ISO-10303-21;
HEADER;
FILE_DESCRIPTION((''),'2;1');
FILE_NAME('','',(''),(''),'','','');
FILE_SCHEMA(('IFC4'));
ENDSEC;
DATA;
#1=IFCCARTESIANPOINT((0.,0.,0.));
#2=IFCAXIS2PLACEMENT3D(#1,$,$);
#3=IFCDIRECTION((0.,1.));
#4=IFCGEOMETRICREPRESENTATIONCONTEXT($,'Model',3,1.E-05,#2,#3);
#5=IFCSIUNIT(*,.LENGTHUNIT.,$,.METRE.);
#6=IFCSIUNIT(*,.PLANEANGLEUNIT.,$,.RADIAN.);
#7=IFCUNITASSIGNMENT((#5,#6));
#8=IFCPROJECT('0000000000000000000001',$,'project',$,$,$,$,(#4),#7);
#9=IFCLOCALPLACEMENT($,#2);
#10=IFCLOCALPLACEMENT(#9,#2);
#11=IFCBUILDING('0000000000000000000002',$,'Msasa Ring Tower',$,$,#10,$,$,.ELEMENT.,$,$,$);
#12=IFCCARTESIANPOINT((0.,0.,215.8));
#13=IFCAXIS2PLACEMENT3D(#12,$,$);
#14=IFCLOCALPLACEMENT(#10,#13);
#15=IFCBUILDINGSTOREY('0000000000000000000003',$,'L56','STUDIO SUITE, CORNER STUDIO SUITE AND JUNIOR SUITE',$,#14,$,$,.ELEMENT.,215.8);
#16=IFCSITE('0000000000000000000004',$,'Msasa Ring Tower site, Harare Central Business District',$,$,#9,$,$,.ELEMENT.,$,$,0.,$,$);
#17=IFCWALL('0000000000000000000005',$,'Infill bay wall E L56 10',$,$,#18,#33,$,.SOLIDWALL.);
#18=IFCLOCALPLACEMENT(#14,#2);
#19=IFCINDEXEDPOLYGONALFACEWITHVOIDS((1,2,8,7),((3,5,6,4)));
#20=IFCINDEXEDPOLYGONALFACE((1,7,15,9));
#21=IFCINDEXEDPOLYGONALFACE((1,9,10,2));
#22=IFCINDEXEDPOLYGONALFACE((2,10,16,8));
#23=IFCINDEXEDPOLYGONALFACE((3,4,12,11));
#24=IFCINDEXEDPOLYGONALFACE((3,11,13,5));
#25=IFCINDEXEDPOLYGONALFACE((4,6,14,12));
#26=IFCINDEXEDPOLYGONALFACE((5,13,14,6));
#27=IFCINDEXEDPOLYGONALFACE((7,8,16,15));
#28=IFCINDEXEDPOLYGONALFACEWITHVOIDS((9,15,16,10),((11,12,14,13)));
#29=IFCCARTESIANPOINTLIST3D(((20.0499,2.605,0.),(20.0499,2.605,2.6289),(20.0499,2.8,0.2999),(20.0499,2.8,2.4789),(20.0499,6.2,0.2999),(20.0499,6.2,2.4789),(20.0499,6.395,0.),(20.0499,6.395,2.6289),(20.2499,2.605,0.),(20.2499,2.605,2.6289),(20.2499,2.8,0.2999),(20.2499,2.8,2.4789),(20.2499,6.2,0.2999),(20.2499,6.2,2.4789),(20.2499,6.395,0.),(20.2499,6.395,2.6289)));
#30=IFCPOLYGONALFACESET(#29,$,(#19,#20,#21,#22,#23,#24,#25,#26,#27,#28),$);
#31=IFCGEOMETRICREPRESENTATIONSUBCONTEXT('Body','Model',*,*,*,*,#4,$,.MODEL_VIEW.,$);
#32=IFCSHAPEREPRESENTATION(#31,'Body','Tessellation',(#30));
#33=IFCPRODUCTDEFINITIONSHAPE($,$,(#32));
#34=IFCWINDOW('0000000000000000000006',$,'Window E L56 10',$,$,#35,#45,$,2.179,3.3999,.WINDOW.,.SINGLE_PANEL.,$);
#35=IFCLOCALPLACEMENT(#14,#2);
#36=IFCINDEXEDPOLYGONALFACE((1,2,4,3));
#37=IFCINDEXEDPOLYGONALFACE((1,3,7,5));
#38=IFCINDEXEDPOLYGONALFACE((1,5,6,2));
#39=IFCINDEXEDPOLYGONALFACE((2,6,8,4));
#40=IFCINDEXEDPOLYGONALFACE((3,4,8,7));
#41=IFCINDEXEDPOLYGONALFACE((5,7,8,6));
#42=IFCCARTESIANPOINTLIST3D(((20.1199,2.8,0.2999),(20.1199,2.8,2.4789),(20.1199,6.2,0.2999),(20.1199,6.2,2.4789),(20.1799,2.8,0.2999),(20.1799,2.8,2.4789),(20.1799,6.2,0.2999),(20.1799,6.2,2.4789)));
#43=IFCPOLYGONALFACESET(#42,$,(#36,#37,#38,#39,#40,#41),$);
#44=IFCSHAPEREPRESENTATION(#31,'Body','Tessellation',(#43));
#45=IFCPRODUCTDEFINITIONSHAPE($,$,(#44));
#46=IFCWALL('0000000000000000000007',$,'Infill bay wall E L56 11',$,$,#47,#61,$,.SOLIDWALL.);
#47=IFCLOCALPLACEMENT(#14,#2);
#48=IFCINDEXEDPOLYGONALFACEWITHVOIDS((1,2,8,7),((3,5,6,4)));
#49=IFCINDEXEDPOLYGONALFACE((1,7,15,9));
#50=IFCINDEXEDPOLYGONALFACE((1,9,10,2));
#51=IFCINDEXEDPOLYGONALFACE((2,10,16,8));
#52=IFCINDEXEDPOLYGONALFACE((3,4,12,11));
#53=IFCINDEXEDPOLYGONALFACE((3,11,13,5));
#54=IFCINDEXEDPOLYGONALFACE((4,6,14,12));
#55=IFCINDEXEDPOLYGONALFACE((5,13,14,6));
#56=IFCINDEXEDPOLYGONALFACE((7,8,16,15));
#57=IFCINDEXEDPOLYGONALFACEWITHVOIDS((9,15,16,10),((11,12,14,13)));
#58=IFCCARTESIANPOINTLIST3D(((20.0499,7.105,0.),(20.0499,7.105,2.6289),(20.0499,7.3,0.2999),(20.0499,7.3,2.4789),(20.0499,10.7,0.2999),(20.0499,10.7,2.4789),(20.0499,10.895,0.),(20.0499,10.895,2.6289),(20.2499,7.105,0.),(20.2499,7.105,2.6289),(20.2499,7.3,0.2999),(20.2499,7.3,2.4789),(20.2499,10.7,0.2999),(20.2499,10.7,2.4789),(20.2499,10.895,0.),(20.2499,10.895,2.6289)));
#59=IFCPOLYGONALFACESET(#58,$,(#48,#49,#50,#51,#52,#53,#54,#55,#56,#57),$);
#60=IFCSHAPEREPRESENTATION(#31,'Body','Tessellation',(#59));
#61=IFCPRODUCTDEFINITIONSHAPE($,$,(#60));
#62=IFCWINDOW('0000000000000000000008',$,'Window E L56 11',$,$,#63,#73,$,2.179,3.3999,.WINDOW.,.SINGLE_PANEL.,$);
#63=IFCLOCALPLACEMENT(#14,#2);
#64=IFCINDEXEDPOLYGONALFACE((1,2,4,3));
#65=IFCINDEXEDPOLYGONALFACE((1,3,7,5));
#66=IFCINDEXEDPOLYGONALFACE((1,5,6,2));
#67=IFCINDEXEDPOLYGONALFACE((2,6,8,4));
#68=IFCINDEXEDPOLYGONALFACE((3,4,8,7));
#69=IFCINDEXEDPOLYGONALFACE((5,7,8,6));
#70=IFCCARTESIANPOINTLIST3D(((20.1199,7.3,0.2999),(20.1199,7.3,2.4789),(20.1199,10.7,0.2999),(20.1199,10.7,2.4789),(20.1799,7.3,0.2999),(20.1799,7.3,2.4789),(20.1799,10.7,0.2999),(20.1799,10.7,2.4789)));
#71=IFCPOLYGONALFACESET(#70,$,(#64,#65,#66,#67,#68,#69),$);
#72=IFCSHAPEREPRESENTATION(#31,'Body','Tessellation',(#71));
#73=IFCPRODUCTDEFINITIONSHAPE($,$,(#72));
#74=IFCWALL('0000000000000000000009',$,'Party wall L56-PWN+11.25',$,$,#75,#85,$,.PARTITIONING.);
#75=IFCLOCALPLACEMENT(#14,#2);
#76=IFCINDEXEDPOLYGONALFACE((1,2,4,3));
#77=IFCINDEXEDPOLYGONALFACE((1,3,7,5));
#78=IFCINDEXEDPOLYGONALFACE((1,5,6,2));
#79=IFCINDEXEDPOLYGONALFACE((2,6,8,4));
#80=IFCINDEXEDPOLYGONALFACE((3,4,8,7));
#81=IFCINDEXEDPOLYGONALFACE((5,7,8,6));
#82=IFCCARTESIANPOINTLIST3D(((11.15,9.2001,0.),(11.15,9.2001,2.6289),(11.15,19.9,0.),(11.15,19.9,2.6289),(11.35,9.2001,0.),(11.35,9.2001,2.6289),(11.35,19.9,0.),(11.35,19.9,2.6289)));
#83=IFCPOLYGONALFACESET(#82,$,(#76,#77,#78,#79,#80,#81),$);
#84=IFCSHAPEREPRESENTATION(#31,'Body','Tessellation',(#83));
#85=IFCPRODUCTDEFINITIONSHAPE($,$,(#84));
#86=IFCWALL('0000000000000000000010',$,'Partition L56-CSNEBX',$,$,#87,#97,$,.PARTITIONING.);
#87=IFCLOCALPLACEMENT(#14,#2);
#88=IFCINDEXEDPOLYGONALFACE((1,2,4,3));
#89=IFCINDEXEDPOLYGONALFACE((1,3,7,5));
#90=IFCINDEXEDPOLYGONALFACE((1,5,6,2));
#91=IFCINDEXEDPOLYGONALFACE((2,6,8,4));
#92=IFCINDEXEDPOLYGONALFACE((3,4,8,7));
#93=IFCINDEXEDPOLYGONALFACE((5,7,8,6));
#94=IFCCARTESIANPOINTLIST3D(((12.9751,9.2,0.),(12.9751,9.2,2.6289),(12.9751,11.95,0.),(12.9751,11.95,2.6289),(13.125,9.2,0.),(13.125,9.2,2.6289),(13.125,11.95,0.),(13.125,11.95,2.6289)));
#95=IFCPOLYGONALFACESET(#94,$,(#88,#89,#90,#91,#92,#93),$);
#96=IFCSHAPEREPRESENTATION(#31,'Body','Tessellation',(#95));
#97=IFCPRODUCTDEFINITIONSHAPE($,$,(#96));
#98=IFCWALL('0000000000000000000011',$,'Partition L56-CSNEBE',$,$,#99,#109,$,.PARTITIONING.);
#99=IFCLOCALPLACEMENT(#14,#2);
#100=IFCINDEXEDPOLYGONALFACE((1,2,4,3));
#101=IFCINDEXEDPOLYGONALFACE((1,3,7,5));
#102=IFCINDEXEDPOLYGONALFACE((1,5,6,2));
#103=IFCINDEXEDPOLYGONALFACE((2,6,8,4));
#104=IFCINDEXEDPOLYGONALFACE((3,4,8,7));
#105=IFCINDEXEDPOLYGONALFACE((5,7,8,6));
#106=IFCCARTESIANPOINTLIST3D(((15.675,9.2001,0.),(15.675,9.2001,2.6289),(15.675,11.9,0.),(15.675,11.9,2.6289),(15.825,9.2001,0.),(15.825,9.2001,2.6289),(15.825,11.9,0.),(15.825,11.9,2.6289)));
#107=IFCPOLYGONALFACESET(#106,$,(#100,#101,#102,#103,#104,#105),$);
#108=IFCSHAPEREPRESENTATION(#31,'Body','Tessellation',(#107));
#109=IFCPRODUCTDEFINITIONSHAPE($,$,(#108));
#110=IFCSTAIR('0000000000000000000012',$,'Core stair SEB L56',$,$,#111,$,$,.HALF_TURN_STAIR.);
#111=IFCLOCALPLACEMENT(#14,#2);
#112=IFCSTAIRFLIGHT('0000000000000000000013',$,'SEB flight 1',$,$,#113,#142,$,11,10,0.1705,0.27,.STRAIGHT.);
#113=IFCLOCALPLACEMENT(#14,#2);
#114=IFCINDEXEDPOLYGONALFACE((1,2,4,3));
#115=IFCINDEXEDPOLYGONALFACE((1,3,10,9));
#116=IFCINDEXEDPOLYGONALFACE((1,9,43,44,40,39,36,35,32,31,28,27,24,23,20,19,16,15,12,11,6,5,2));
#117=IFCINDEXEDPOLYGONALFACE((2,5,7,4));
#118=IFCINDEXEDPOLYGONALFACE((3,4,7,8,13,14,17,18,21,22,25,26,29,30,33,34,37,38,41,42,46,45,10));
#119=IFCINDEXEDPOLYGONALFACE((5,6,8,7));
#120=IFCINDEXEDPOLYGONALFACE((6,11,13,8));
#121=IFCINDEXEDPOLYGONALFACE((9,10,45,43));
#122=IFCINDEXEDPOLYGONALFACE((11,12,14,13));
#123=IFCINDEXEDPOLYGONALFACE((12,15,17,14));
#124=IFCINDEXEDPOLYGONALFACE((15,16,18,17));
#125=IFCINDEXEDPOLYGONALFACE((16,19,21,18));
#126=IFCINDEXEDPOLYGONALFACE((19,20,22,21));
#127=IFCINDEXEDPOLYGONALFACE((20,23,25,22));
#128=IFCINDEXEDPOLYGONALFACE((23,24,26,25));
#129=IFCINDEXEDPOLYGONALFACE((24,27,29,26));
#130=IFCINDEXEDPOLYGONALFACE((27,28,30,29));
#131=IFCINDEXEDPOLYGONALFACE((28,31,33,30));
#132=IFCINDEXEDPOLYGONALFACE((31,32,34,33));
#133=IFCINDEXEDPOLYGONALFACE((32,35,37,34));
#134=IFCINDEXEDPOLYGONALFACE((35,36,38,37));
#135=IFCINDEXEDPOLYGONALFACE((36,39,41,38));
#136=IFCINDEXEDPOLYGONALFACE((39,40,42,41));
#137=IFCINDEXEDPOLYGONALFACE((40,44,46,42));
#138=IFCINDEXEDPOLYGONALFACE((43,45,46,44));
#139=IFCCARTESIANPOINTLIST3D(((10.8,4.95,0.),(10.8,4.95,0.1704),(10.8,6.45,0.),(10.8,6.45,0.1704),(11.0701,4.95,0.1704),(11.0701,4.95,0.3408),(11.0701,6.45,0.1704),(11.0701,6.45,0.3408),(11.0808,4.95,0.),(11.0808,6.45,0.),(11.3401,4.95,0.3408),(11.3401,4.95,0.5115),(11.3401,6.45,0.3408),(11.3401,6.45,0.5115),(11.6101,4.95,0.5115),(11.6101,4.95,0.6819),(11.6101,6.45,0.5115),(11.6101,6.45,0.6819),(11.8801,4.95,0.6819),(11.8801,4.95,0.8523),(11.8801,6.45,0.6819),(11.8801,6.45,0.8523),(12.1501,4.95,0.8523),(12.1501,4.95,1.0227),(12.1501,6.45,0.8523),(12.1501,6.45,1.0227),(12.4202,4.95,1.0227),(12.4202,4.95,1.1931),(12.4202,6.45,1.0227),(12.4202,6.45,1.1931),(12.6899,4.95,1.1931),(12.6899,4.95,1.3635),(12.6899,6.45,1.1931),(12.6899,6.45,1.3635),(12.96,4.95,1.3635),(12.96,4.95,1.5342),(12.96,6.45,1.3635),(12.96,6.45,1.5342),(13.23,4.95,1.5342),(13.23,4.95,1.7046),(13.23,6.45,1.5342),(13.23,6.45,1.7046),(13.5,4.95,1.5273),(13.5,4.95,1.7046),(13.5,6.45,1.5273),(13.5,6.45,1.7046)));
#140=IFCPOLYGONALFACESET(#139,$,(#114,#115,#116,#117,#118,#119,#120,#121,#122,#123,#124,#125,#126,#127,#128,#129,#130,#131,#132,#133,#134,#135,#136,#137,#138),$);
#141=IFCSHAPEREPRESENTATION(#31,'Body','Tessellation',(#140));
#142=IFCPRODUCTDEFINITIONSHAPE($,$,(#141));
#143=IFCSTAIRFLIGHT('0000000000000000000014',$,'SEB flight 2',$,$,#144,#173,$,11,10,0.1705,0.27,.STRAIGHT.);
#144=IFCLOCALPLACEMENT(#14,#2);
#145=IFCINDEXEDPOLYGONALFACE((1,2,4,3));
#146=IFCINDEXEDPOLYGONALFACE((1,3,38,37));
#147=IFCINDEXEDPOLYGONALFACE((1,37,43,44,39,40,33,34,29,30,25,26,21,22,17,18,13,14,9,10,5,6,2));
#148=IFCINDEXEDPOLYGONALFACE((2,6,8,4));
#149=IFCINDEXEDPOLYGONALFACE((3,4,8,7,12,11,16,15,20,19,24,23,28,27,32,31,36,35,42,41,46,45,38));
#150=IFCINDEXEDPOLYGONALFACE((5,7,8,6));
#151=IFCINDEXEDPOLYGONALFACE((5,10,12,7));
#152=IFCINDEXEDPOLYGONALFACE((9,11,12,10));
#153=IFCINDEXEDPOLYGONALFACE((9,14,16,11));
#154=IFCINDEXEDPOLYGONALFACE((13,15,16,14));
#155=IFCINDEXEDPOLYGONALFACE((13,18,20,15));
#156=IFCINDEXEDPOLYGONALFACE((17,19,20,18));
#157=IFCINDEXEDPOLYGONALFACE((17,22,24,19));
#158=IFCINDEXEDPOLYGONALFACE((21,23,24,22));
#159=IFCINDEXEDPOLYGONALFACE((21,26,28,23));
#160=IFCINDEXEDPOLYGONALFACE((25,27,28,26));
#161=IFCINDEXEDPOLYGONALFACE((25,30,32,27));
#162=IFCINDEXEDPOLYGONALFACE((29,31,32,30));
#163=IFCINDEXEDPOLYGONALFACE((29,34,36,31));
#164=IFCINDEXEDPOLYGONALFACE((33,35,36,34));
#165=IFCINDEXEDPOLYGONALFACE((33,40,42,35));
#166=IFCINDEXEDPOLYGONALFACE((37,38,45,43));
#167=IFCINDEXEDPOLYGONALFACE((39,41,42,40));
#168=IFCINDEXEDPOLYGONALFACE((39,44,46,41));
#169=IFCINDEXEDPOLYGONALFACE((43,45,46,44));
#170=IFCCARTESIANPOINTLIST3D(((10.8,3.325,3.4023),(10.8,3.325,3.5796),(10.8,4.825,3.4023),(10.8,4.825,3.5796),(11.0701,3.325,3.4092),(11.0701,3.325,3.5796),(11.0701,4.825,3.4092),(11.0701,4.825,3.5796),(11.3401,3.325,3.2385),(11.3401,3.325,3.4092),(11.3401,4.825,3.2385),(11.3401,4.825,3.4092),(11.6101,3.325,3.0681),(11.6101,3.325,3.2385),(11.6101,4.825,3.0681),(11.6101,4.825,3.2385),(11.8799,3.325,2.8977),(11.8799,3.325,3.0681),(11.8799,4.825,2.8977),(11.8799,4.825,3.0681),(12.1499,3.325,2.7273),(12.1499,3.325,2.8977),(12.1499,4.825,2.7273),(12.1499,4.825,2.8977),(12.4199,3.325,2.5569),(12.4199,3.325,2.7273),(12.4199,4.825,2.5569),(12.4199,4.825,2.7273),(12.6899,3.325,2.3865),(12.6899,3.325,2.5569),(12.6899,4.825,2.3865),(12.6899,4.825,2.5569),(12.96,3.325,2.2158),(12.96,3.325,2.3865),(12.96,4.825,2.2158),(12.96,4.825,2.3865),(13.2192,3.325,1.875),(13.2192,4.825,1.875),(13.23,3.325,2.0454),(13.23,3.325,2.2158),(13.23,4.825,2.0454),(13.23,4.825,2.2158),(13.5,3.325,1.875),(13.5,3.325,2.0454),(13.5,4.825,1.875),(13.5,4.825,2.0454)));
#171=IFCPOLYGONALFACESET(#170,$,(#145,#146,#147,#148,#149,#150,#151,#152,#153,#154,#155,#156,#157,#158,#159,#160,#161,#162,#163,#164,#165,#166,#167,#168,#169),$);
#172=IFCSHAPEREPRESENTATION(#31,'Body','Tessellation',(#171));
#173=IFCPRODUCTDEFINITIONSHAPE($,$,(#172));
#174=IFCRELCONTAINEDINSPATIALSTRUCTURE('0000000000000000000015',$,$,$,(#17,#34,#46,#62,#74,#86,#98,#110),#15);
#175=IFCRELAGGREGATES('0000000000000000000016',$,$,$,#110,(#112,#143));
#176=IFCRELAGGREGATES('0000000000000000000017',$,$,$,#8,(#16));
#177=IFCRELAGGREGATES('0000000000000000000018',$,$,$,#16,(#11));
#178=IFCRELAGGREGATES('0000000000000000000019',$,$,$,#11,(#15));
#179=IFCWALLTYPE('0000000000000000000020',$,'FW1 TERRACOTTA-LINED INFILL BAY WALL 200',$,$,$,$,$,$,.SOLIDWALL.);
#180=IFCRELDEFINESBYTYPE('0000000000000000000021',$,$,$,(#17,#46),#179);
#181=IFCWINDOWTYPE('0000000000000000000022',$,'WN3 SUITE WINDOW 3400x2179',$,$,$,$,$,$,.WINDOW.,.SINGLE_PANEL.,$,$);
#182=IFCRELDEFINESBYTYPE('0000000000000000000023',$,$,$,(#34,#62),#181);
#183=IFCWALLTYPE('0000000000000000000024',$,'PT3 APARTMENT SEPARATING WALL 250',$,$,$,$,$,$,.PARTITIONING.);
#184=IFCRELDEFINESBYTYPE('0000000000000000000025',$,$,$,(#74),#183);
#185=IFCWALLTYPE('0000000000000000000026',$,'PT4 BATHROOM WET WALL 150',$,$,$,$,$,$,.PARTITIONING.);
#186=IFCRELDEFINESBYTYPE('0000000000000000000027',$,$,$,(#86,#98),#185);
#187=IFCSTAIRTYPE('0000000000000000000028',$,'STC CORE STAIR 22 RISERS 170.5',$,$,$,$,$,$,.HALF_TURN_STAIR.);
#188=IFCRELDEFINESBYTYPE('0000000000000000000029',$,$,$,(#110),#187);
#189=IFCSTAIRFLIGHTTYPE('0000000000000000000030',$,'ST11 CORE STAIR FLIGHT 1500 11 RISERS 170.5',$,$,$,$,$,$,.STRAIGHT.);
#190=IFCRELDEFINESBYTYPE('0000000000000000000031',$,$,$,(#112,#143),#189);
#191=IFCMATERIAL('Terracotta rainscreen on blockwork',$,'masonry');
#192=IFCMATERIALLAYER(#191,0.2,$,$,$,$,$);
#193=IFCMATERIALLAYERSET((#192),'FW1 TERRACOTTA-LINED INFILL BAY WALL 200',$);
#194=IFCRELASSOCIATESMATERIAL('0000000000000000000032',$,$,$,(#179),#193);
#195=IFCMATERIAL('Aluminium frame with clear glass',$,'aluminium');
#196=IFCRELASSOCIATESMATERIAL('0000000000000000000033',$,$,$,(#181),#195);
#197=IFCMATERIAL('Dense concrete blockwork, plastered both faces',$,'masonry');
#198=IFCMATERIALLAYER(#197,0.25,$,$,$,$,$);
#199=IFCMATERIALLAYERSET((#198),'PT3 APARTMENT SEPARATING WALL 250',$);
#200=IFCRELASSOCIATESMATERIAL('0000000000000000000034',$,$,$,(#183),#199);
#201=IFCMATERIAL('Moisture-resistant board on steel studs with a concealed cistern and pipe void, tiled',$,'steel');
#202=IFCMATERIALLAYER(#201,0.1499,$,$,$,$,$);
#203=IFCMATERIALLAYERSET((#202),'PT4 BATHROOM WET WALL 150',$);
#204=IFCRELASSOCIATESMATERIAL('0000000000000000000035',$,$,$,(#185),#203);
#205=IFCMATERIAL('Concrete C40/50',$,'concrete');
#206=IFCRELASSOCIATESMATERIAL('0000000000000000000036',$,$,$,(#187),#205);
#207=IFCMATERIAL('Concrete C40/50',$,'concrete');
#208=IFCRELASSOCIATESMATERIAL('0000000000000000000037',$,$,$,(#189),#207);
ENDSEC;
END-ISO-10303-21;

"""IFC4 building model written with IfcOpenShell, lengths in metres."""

from ifc_helpers import new_model, si_unit, direction, frame, frame_2d, origin, place, context, subcontext, project, spatial, polyline, rectangle, outline, extrude, material, layer, layer_set, type_object, element, fill, aggregate, save


model = new_model("IFC4")

# Units and contexts
model_context = context("Model", 3, precision=1e-05, world=origin(), true_north=direction((0.0, 1.0)))
body_context = subcontext(model_context, "Body", "Model", "MODEL_VIEW")
ifc_project = project(units=[si_unit("LENGTHUNIT", "METRE"), si_unit("PLANEANGLEUNIT", "RADIAN")], contexts=[model_context])

# Site, building, storey
site_placement = place(None, origin())
site = spatial("IfcSite", under=ifc_project, at=site_placement, Name="Msasa Ring Tower site, Harare Central Business District", CompositionType="ELEMENT", RefElevation=0.0)
building_placement = place(site_placement, origin())
building = spatial("IfcBuilding", under=site, at=building_placement, Name="Msasa Ring Tower", CompositionType="ELEMENT")
storey_placement = place(building_placement, frame((0.0, 0.0, 215.8)))
storey = spatial("IfcBuildingStorey", under=building, at=storey_placement, Name="L56", Description="STUDIO SUITE, CORNER STUDIO SUITE AND JUNIOR SUITE", CompositionType="ELEMENT", Elevation=215.8)

# Walls, openings, windows
ifc_material_1 = material(Name="Terracotta rainscreen on blockwork", Category="masonry")
ifc_layer_1 = layer(ifc_material_1, 0.2)
ifc_layer_set_1 = layer_set([ifc_layer_1], Name="FW1 TERRACOTTA-LINED INFILL BAY WALL 200")
wall_type_1 = type_object("IfcWallType", Name="FW1 TERRACOTTA-LINED INFILL BAY WALL 200", PredefinedType="SOLIDWALL", material=ifc_layer_set_1)
wall_1_placement = place(storey_placement, frame((20.1499, 2.605, 0.0), z_axis=(0.0, 0.0, 1.0), x_axis=(0.0, 1.0, 0.0)))
wall_1 = element("IfcWall", 1, at=wall_1_placement, inside=storey, type_object=wall_type_1, Name="Infill bay wall E L56 10", PredefinedType="SOLIDWALL", context=body_context, shape_type="SweptSolid", body=[
    extrude(rectangle(XDim=3.79, YDim=0.2, at=frame_2d((1.895, 0.0))), origin(), (0.0, 0.0, 1.0), 2.6289),
])
opening_1_placement = place(wall_1_placement, frame((0.1951, 0.0, 0.3)))
opening_1 = element("IfcOpeningElement", 2, at=opening_1_placement, cuts=wall_1, PredefinedType="OPENING", context=body_context, shape_type="SweptSolid", body=[
    extrude(rectangle(XDim=3.3999, YDim=2.179, at=frame_2d((1.7, 1.0894))), frame((0.0, 0.1099, 0.0), z_axis=(0.0, -1.0, 0.0), x_axis=(1.0, 0.0, 0.0)), (0.0, 0.0, 1.0), 0.22),
])
ifc_material_2 = material(Name="Aluminium frame with clear glass", Category="aluminium")
window_type = type_object("IfcWindowType", Name="WN3 SUITE WINDOW 3400x2179", PartitioningType="SINGLE_PANEL", PredefinedType="WINDOW", material=ifc_material_2)
window_1_placement = place(opening_1_placement, origin())
window_1 = element("IfcWindow", 3, at=window_1_placement, inside=storey, type_object=window_type, Name="Window E L56 10", OverallHeight=2.179, OverallWidth=3.3999, PartitioningType="SINGLE_PANEL", PredefinedType="WINDOW", context=body_context, shape_type="SweptSolid", body=[
    extrude(rectangle(XDim=3.3999, YDim=2.179, at=frame_2d((1.7, 1.0894))), frame((0.0, 0.03, 0.0), z_axis=(0.0, -1.0, 0.0), x_axis=(1.0, 0.0, 0.0)), (0.0, 0.0, 1.0), 0.0601),
])
fill(opening_1, window_1)
wall_2_placement = place(storey_placement, frame((20.1499, 7.105, 0.0), z_axis=(0.0, 0.0, 1.0), x_axis=(0.0, 1.0, 0.0)))
wall_2 = element("IfcWall", 4, at=wall_2_placement, inside=storey, type_object=wall_type_1, Name="Infill bay wall E L56 11", PredefinedType="SOLIDWALL", context=body_context, shape_type="SweptSolid", body=[
    extrude(rectangle(XDim=3.79, YDim=0.2, at=frame_2d((1.895, 0.0))), origin(), (0.0, 0.0, 1.0), 2.6289),
])
opening_2_placement = place(wall_2_placement, frame((0.1951, 0.0, 0.3)))
opening_2 = element("IfcOpeningElement", 5, at=opening_2_placement, cuts=wall_2, PredefinedType="OPENING", context=body_context, shape_type="SweptSolid", body=[
    extrude(rectangle(XDim=3.3999, YDim=2.179, at=frame_2d((1.7, 1.0894))), frame((0.0, 0.1099, 0.0), z_axis=(0.0, -1.0, 0.0), x_axis=(1.0, 0.0, 0.0)), (0.0, 0.0, 1.0), 0.22),
])
window_2_placement = place(opening_2_placement, origin())
window_2 = element("IfcWindow", 6, at=window_2_placement, inside=storey, type_object=window_type, Name="Window E L56 11", OverallHeight=2.179, OverallWidth=3.3999, PartitioningType="SINGLE_PANEL", PredefinedType="WINDOW", context=body_context, shape_type="SweptSolid", body=[
    extrude(rectangle(XDim=3.3999, YDim=2.179, at=frame_2d((1.7, 1.0894))), frame((0.0, 0.03, 0.0), z_axis=(0.0, -1.0, 0.0), x_axis=(1.0, 0.0, 0.0)), (0.0, 0.0, 1.0), 0.0601),
])
fill(opening_2, window_2)

# Walls
ifc_material_3 = material(Name="Dense concrete blockwork, plastered both faces", Category="masonry")
ifc_layer_2 = layer(ifc_material_3, 0.25)
ifc_layer_set_2 = layer_set([ifc_layer_2], Name="PT3 APARTMENT SEPARATING WALL 250")
wall_type_2 = type_object("IfcWallType", Name="PT3 APARTMENT SEPARATING WALL 250", PredefinedType="PARTITIONING", material=ifc_layer_set_2)
wall_3_placement = place(storey_placement, frame((11.25, 9.2, 0.0), z_axis=(0.0, 0.0, 1.0), x_axis=(0.0, 1.0, 0.0)))
element("IfcWall", 7, at=wall_3_placement, inside=storey, type_object=wall_type_2, Name="Party wall L56-PWN+11.25", PredefinedType="PARTITIONING", context=body_context, shape_type="SweptSolid", body=[
    extrude(rectangle(XDim=10.7, YDim=0.2, at=frame_2d((5.3501, 0.0))), origin(), (0.0, 0.0, 1.0), 2.6289),
])
ifc_material_4 = material(Name="Moisture-resistant board on steel studs with a concealed cistern and pipe void, tiled", Category="steel")
ifc_layer_3 = layer(ifc_material_4, 0.1499)
ifc_layer_set_3 = layer_set([ifc_layer_3], Name="PT4 BATHROOM WET WALL 150")
wall_type_3 = type_object("IfcWallType", Name="PT4 BATHROOM WET WALL 150", PredefinedType="PARTITIONING", material=ifc_layer_set_3)
wall_4_placement = place(storey_placement, frame((13.05, 9.2, 0.0), z_axis=(0.0, 0.0, 1.0), x_axis=(0.0, 1.0, 0.0)))
element("IfcWall", 8, at=wall_4_placement, inside=storey, type_object=wall_type_3, Name="Partition L56-CSNEBX", PredefinedType="PARTITIONING", context=body_context, shape_type="SweptSolid", body=[
    extrude(rectangle(XDim=2.75, YDim=0.1499, at=frame_2d((1.375, 0.0))), origin(), (0.0, 0.0, 1.0), 2.6289),
])
wall_5_placement = place(storey_placement, frame((15.75, 9.2, 0.0), z_axis=(0.0, 0.0, 1.0), x_axis=(0.0, 1.0, 0.0)))
element("IfcWall", 9, at=wall_5_placement, inside=storey, type_object=wall_type_3, Name="Partition L56-CSNEBE", PredefinedType="PARTITIONING", context=body_context, shape_type="SweptSolid", body=[
    extrude(rectangle(XDim=2.7, YDim=0.1499, at=frame_2d((1.3501, 0.0))), origin(), (0.0, 0.0, 1.0), 2.6289),
])

# Stair, stair flights
ifc_material_5 = material(Name="Concrete C40/50", Category="concrete")
stair_type = type_object("IfcStairType", Name="STC CORE STAIR 22 RISERS 170.5", PredefinedType="HALF_TURN_STAIR", material=ifc_material_5)
stair_placement = place(storey_placement, origin())
stair = element("IfcStair", 10, at=stair_placement, inside=storey, type_object=stair_type, Name="Core stair SEB L56", PredefinedType="HALF_TURN_STAIR")
ifc_material_6 = material(Name="Concrete C40/50", Category="concrete")
stair_flight_type = type_object("IfcStairFlightType", Name="ST11 CORE STAIR FLIGHT 1500 11 RISERS 170.5", PredefinedType="STRAIGHT", material=ifc_material_6)
stair_flight_1_placement = place(storey_placement, frame((10.8, 5.7, 0.0), z_axis=(0.0, 0.0, 1.0), x_axis=(1.0, 0.0, 0.0)))
stair_flight_1 = element("IfcStairFlight", 11, at=stair_flight_1_placement, type_object=stair_flight_type, Name="SEB flight 1", NumberOfRisers=11, NumberOfTreads=10, PredefinedType="STRAIGHT", RiserHeight=0.1705, TreadLength=0.27, context=body_context, shape_type="SweptSolid", body=[
    extrude(outline(polyline([(0.0, 0.0), (0.0, 0.1704), (0.27, 0.1704), (0.27, 0.3408), (0.54, 0.3408), (0.54, 0.5115), (0.8101, 0.5115), (0.8101, 0.6819), (1.0801, 0.6819), (1.0801, 0.8523), (1.3501, 0.8523), (1.3501, 1.0227), (1.6201, 1.0227), (1.6201, 1.1931), (1.8899, 1.1931), (1.8899, 1.3635), (2.1599, 1.3635), (2.1599, 1.5342), (2.4299, 1.5342), (2.4299, 1.7046), (2.7, 1.7046), (2.7, 1.875), (2.7, 1.5273), (0.2808, 0.0), (0.0, 0.0)])), frame((0.0, 0.75, 0.0), z_axis=(0.0, -1.0, 0.0), x_axis=(1.0, 0.0, 0.0)), (0.0, 0.0, 1.0), 1.5),
])
stair_flight_2_placement = place(storey_placement, frame((13.5, 4.075, 1.875), z_axis=(0.0, 0.0, 1.0), x_axis=(-1.0, 0.0, 0.0)))
stair_flight_2 = element("IfcStairFlight", 12, at=stair_flight_2_placement, type_object=stair_flight_type, Name="SEB flight 2", NumberOfRisers=11, NumberOfTreads=10, PredefinedType="STRAIGHT", RiserHeight=0.1705, TreadLength=0.27, context=body_context, shape_type="SweptSolid", body=[
    extrude(outline(polyline([(0.0, 0.0), (0.0, 0.1704), (0.27, 0.1704), (0.27, 0.3408), (0.54, 0.3408), (0.54, 0.5115), (0.8101, 0.5115), (0.8101, 0.6819), (1.0801, 0.6819), (1.0801, 0.8523), (1.3501, 0.8523), (1.3501, 1.0227), (1.6201, 1.0227), (1.6201, 1.1931), (1.8899, 1.1931), (1.8899, 1.3635), (2.1599, 1.3635), (2.1599, 1.5342), (2.4299, 1.5342), (2.4299, 1.7046), (2.7, 1.7046), (2.7, 1.875), (2.7, 1.5273), (0.2808, 0.0), (0.0, 0.0)])), frame((0.0, 0.75, 0.0), z_axis=(0.0, -1.0, 0.0), x_axis=(1.0, 0.0, 0.0)), (0.0, 0.0, 1.0), 1.5),
])
aggregate(stair, [stair_flight_1, stair_flight_2])

save(model, "model.ifc")
